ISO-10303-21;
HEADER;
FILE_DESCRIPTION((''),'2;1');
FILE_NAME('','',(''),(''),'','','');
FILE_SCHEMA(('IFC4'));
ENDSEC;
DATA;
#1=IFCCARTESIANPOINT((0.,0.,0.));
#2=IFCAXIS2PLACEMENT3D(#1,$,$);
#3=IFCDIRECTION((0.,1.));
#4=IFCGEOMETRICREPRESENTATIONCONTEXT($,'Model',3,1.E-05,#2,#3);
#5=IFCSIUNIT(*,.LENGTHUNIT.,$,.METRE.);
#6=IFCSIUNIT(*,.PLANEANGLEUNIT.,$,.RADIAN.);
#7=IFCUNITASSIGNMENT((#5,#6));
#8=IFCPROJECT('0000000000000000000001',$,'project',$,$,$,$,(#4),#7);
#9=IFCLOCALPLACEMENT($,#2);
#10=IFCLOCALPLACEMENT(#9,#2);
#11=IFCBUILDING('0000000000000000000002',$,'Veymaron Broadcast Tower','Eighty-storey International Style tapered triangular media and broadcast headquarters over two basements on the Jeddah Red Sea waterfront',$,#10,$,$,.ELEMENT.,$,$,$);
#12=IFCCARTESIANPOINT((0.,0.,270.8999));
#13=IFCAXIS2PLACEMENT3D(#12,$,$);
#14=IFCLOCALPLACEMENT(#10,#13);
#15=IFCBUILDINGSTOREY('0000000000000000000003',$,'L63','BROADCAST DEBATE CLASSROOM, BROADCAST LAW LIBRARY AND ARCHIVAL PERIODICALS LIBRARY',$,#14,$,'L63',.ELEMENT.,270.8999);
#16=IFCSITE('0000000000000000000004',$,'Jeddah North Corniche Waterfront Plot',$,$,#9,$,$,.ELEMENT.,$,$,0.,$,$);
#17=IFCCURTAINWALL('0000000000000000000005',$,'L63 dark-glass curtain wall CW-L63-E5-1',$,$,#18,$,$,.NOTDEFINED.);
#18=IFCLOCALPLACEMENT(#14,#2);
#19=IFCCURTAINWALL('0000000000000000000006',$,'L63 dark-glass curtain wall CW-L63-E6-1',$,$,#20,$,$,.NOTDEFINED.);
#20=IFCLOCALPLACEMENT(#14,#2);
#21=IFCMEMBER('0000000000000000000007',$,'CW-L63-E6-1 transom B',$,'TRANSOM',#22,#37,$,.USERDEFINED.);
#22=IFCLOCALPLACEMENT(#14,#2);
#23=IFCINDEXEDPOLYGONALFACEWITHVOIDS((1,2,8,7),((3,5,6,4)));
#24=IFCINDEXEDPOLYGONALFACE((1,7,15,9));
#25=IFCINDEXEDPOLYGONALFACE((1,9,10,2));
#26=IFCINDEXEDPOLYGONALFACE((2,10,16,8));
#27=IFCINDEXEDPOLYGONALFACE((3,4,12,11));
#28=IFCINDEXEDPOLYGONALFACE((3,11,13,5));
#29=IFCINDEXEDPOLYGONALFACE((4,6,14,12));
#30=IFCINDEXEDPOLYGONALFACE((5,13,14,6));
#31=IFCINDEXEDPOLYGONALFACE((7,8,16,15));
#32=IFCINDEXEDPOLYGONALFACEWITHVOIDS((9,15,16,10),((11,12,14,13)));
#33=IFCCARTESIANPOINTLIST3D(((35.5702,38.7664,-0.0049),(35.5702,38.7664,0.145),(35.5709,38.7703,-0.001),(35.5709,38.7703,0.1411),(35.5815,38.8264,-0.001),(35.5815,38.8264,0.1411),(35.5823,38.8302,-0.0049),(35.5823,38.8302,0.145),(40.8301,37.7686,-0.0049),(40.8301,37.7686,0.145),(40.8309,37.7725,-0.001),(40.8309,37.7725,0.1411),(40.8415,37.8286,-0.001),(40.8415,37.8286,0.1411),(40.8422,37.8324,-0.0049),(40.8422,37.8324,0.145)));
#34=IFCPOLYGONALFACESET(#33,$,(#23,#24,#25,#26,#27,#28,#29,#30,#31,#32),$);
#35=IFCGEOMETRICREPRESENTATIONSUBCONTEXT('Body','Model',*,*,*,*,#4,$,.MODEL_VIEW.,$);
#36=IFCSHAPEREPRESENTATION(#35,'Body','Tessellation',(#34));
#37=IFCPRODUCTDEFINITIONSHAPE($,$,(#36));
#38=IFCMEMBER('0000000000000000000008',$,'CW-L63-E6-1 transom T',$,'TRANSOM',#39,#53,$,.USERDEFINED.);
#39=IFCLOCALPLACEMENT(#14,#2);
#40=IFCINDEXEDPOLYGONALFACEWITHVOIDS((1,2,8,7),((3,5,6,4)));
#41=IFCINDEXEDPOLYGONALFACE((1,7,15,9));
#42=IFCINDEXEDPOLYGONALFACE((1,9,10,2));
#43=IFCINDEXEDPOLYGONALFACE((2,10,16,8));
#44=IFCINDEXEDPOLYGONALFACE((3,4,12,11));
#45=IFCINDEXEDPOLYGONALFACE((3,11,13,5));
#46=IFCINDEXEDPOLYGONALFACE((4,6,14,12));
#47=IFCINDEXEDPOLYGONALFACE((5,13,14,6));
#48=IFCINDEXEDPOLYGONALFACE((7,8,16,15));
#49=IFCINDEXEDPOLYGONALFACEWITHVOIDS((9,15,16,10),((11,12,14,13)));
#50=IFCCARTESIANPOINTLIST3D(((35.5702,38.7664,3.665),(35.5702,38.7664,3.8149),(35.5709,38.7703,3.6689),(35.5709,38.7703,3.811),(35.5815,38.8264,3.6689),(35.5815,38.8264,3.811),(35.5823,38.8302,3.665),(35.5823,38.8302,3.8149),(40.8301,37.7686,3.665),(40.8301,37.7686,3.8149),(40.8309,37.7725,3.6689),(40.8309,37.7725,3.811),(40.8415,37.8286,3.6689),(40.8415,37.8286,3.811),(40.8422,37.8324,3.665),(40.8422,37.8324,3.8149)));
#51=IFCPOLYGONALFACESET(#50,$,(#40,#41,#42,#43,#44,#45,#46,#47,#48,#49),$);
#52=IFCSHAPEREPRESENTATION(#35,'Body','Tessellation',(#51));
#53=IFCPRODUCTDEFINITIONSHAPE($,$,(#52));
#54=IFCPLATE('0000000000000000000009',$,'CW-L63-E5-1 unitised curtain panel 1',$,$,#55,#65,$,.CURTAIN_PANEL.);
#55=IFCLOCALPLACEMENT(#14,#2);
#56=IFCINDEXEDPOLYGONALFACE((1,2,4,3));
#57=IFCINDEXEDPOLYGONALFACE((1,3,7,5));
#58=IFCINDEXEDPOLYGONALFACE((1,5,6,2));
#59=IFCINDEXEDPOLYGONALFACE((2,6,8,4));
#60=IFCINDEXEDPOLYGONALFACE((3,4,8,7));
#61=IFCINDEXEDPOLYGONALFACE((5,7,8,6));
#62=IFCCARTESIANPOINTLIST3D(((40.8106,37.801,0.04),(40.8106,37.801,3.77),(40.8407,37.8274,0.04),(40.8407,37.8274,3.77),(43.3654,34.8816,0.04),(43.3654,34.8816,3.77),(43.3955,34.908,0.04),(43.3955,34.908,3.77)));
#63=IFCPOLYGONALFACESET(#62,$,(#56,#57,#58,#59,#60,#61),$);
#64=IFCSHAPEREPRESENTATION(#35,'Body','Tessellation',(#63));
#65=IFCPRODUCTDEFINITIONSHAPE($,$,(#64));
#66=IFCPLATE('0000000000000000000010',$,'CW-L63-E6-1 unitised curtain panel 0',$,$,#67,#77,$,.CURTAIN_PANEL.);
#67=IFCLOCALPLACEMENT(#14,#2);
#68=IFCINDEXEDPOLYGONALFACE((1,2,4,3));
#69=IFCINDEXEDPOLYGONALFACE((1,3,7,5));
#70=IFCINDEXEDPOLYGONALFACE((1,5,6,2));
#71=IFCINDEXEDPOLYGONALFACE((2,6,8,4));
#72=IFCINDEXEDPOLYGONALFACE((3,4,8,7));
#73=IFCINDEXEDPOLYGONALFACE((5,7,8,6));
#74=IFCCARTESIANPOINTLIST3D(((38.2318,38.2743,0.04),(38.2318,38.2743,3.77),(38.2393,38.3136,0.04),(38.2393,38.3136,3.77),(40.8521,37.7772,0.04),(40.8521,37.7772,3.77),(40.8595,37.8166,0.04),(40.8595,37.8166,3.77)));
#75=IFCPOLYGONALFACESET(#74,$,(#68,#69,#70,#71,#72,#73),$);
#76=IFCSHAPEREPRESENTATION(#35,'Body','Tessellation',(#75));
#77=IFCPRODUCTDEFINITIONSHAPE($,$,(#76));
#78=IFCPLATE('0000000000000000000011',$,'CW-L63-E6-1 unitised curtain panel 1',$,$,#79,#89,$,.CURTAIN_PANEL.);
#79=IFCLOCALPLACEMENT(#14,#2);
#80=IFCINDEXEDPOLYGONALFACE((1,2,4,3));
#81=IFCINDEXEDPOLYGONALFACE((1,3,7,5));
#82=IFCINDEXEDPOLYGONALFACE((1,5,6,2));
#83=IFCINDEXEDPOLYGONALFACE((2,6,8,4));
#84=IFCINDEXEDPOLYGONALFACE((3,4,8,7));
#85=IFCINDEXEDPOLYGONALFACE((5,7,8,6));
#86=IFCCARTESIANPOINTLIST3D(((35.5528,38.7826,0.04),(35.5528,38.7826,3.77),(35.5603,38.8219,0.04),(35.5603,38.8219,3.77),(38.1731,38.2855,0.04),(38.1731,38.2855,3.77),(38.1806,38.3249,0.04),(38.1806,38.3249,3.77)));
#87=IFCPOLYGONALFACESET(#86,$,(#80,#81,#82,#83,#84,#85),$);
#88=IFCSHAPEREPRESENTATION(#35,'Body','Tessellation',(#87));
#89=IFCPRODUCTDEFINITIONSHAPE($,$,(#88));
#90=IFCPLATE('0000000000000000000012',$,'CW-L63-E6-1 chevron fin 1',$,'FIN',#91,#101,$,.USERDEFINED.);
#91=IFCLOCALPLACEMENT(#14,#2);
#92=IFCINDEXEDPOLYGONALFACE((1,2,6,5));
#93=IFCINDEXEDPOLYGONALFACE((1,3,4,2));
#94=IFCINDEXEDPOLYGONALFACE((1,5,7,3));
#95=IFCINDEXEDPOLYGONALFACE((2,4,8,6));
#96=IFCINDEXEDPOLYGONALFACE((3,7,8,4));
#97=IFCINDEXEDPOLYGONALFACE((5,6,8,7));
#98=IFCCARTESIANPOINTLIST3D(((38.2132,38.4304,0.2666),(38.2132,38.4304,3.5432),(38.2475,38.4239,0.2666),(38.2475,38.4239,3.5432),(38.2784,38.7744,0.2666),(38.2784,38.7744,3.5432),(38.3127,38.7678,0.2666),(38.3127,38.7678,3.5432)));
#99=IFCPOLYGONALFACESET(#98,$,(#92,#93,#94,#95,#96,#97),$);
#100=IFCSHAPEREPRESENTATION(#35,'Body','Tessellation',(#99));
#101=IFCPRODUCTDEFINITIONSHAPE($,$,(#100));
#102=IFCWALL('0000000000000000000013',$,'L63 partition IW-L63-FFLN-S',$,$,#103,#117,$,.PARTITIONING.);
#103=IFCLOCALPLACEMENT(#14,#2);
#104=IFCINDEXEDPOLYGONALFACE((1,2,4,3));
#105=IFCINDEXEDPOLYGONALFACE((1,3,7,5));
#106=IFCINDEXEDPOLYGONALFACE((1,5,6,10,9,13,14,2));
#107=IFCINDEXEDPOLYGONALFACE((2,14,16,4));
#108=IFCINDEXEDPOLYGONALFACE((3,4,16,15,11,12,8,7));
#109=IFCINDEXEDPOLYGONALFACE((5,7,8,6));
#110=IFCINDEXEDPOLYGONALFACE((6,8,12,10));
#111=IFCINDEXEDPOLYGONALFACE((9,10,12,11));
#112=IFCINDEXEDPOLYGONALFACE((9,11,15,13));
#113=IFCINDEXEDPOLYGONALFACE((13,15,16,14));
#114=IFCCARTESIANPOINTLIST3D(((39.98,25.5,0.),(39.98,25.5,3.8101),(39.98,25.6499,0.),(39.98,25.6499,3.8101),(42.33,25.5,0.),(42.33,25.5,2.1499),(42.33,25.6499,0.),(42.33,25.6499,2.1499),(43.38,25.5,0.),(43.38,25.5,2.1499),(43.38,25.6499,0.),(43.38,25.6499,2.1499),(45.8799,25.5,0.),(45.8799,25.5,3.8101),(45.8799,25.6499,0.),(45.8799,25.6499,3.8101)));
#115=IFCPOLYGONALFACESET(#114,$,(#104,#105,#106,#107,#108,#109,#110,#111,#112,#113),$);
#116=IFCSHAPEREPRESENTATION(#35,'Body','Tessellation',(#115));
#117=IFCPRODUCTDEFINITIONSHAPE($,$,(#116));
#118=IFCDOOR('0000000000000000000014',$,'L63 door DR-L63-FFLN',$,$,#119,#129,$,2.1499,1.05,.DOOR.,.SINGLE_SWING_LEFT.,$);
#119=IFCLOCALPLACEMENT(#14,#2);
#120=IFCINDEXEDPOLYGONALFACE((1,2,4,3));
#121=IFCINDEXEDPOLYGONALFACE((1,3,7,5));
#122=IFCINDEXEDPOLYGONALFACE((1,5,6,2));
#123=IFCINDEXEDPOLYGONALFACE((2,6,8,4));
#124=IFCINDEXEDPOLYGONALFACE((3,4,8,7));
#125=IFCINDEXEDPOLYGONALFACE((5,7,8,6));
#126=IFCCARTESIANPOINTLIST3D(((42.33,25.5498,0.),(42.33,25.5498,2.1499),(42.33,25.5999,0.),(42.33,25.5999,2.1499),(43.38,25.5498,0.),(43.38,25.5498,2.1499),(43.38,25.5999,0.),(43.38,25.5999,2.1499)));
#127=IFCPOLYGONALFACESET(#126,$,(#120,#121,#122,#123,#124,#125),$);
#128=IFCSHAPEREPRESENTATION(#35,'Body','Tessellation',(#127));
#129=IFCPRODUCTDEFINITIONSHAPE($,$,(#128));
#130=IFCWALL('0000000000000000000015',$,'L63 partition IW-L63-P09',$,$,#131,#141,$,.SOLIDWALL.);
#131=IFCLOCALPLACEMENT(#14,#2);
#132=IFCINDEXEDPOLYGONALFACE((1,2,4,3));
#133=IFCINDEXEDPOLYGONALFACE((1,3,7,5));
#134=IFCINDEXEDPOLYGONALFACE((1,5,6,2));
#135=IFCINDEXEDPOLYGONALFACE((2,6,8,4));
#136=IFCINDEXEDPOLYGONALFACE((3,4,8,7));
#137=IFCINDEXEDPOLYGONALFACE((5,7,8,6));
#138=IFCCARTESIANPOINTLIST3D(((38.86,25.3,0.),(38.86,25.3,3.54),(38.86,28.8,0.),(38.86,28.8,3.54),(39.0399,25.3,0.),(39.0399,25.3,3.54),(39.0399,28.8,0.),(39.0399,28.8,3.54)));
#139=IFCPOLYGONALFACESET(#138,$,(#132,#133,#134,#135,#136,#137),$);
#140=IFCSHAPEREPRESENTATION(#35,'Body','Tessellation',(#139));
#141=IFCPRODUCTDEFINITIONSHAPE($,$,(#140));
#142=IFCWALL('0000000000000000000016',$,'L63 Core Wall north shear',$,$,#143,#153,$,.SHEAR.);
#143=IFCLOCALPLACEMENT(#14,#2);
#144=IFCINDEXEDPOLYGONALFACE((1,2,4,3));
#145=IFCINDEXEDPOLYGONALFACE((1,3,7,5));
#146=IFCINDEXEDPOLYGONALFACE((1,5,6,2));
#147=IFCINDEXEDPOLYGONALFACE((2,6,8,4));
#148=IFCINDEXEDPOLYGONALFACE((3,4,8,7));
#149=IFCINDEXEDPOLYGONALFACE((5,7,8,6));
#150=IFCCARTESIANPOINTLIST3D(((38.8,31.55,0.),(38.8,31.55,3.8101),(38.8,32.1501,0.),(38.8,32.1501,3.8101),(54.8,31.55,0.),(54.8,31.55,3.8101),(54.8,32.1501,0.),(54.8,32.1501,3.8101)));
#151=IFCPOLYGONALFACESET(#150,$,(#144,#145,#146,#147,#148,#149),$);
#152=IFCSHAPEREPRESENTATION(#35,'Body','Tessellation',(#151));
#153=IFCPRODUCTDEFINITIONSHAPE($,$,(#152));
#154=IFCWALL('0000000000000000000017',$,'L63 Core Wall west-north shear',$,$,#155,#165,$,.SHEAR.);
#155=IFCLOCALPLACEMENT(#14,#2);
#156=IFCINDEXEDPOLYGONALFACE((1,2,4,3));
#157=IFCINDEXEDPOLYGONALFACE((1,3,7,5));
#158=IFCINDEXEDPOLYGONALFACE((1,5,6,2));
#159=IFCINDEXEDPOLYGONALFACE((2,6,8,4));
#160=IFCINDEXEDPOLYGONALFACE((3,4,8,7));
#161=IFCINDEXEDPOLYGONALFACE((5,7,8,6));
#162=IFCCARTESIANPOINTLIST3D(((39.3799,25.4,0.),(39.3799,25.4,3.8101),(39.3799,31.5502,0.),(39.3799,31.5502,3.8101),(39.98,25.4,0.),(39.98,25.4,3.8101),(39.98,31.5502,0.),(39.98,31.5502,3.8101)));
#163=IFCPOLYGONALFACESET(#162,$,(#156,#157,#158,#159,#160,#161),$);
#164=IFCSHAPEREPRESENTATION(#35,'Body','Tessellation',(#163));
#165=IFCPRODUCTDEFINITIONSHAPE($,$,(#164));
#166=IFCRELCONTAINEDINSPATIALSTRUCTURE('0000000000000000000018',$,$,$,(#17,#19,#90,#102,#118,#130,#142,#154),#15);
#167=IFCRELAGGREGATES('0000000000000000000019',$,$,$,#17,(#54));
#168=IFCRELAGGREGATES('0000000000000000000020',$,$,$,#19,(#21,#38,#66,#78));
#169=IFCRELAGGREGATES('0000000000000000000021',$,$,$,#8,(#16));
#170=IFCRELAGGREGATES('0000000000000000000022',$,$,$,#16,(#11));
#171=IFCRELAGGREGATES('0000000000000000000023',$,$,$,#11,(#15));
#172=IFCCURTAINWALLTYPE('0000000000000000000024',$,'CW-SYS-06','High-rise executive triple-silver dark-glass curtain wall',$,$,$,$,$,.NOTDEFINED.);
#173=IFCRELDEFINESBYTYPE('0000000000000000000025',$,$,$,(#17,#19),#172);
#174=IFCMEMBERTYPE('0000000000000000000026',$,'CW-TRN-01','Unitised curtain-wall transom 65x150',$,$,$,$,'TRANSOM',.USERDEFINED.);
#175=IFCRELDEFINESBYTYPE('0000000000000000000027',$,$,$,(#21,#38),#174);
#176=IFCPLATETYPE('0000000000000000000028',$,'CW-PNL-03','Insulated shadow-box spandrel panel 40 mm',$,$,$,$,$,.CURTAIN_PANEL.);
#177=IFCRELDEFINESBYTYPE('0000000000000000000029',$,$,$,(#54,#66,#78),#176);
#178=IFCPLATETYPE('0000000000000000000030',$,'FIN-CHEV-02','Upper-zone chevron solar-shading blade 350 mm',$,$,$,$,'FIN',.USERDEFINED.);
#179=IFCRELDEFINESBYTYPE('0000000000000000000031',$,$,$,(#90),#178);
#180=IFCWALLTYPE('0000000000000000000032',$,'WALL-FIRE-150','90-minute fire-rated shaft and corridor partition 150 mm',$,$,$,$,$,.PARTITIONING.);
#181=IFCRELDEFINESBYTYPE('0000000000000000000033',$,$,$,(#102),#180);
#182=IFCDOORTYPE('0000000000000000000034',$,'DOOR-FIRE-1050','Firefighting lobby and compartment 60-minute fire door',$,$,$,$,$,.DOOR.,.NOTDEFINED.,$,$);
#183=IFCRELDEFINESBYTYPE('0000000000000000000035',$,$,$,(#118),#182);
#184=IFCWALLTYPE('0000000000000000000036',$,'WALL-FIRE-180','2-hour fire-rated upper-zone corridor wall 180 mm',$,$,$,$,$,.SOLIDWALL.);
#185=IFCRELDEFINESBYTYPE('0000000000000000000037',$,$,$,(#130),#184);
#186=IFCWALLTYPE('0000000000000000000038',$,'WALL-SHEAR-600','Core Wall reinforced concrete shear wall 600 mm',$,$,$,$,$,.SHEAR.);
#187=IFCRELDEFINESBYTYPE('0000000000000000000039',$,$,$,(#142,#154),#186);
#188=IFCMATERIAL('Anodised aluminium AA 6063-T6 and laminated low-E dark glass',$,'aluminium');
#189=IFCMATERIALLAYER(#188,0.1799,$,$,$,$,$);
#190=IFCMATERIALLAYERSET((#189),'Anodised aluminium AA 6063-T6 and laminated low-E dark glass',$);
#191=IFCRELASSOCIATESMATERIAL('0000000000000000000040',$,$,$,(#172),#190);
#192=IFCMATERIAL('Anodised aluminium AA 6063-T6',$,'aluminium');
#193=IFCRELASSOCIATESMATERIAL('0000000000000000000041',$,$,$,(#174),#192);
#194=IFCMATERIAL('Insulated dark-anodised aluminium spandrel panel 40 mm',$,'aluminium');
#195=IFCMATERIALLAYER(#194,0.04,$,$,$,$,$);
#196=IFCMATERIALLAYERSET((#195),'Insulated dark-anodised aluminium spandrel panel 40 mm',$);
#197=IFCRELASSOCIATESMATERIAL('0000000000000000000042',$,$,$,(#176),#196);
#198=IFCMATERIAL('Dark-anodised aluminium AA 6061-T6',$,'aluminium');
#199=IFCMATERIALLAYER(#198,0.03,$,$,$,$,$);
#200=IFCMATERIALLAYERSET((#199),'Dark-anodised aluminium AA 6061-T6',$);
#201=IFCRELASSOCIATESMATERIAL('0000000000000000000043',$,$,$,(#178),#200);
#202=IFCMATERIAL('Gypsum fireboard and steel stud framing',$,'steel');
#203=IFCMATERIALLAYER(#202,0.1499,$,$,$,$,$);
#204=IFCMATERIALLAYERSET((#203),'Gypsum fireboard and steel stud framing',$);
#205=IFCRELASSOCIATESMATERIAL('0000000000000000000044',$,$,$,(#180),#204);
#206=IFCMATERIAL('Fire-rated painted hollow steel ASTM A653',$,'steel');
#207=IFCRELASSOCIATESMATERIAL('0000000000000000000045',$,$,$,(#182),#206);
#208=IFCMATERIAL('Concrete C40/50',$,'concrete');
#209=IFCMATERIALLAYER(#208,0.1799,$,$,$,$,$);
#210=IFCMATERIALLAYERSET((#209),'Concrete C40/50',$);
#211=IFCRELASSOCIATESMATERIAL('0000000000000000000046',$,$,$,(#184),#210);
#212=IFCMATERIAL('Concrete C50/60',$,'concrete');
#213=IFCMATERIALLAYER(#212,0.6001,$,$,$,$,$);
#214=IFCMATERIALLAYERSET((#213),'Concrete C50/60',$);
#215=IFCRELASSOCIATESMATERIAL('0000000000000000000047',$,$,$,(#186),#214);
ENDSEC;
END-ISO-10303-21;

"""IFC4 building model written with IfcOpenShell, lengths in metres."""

from ifc_helpers import new_model, si_unit, direction, frame, frame_2d, origin, origin_2d, place, context, subcontext, project, spatial, rectangle, hollow_rectangle, extrude, material, layer, layer_set, material_profile, profile_set, type_object, element, fill, aggregate, save


model = new_model("IFC4")

# Units and contexts
model_context = context("Model", 3, precision=1e-05, world=origin(), true_north=direction((0.0, 1.0)))
body_context = subcontext(model_context, "Body", "Model", "MODEL_VIEW")
ifc_project = project(units=[si_unit("LENGTHUNIT", "METRE"), si_unit("PLANEANGLEUNIT", "RADIAN")], contexts=[model_context])

# Site, building, storey
site_placement = place(None, origin())
site = spatial("IfcSite", under=ifc_project, at=site_placement, Name="Jeddah North Corniche Waterfront Plot", CompositionType="ELEMENT", RefElevation=0.0)
building_placement = place(site_placement, origin())
building = spatial("IfcBuilding", under=site, at=building_placement, Name="Veymaron Broadcast Tower", Description="Eighty-storey International Style tapered triangular media and broadcast headquarters over two basements on the Jeddah Red Sea waterfront", CompositionType="ELEMENT")
storey_placement = place(building_placement, frame((0.0, 0.0, 270.8999)))
storey = spatial("IfcBuildingStorey", under=building, at=storey_placement, Name="L63", Description="BROADCAST DEBATE CLASSROOM, BROADCAST LAW LIBRARY AND ARCHIVAL PERIODICALS LIBRARY", LongName="L63", CompositionType="ELEMENT", Elevation=270.8999)

# Curtain walls, members
ifc_material_1 = material(Name="Anodised aluminium AA 6063-T6 and laminated low-E dark glass", Category="aluminium")
ifc_layer_1 = layer(ifc_material_1, 0.1799)
ifc_layer_set_1 = layer_set([ifc_layer_1], Name="Anodised aluminium AA 6063-T6 and laminated low-E dark glass")
curtain_wall_type = type_object("IfcCurtainWallType", Name="CW-SYS-06", Description="High-rise executive triple-silver dark-glass curtain wall", PredefinedType="NOTDEFINED", material=ifc_layer_set_1)
curtain_wall_1_placement = place(storey_placement, origin())
curtain_wall_1 = element("IfcCurtainWall", 1, at=curtain_wall_1_placement, inside=storey, type_object=curtain_wall_type, Name="L63 dark-glass curtain wall CW-L63-E5-1", PredefinedType="NOTDEFINED")
ifc_material_2 = material(Name="Anodised aluminium AA 6063-T6", Category="aluminium")
curtain_wall_2_placement = place(storey_placement, origin())
curtain_wall_2 = element("IfcCurtainWall", 2, at=curtain_wall_2_placement, inside=storey, type_object=curtain_wall_type, Name="L63 dark-glass curtain wall CW-L63-E6-1", PredefinedType="NOTDEFINED")
ifc_material_profile_1 = material_profile(ifc_material_2, hollow_rectangle(XDim=0.0649, YDim=0.1499, WallThickness=0.0039, at=origin_2d()), Name="AL150X65X4")
ifc_profile_set_1 = profile_set([ifc_material_profile_1], Name="Anodised aluminium AA 6063-T6")
member_type_1 = type_object("IfcMemberType", Name="CW-TRN-01", Description="Unitised curtain-wall transom 65x150", ElementType="TRANSOM", PredefinedType="USERDEFINED", material=ifc_profile_set_1)
member_1_placement = place(storey_placement, frame((40.8362, 37.8005, 0.0701), z_axis=(-0.982479, 0.186372, 0.0), x_axis=(-0.186372, -0.982479, 0.0)))
member_1 = element("IfcMember", 3, at=member_1_placement, type_object=member_type_1, Name="CW-L63-E6-1 transom B", ObjectType="TRANSOM", PredefinedType="USERDEFINED", context=body_context, shape_type="SweptSolid", body=[
    extrude(hollow_rectangle(XDim=0.0649, YDim=0.1499, WallThickness=0.0039, at=origin_2d()), origin(), (0.0, 0.0, 1.0), 5.3538),
])
member_2_placement = place(storey_placement, frame((40.8362, 37.8005, 3.74), z_axis=(-0.982479, 0.186372, 0.0), x_axis=(-0.186372, -0.982479, 0.0)))
member_2 = element("IfcMember", 4, at=member_2_placement, type_object=member_type_1, Name="CW-L63-E6-1 transom T", ObjectType="TRANSOM", PredefinedType="USERDEFINED", context=body_context, shape_type="SweptSolid", body=[
    extrude(hollow_rectangle(XDim=0.0649, YDim=0.1499, WallThickness=0.0039, at=origin_2d()), origin(), (0.0, 0.0, 1.0), 5.3538),
])

# Plates
ifc_material_3 = material(Name="Insulated dark-anodised aluminium spandrel panel 40 mm", Category="aluminium")
ifc_layer_2 = layer(ifc_material_3, 0.04)
ifc_layer_set_2 = layer_set([ifc_layer_2], Name="Insulated dark-anodised aluminium spandrel panel 40 mm")
plate_type_1 = type_object("IfcPlateType", Name="CW-PNL-03", Description="Insulated shadow-box spandrel panel 40 mm", PredefinedType="CURTAIN_PANEL", material=ifc_layer_set_2)
plate_1_placement = place(storey_placement, frame((42.103, 36.3545, 0.04), z_axis=(0.0, 0.0, 1.0), x_axis=(-0.658558, 0.75253, 0.0)))
plate_1 = element("IfcPlate", 5, at=plate_1_placement, type_object=plate_type_1, Name="CW-L63-E5-1 unitised curtain panel 1", PredefinedType="CURTAIN_PANEL", context=body_context, shape_type="SweptSolid", body=[
    extrude(rectangle(XDim=3.8794, YDim=0.04, at=origin_2d()), origin(), (0.0, 0.0, 1.0), 3.73),
])
aggregate(curtain_wall_1, [plate_1])
plate_2_placement = place(storey_placement, frame((39.5457, 38.0454, 0.04), z_axis=(0.0, 0.0, 1.0), x_axis=(-0.98248, 0.18637, 0.0)))
plate_2 = element("IfcPlate", 6, at=plate_2_placement, type_object=plate_type_1, Name="CW-L63-E6-1 unitised curtain panel 0", PredefinedType="CURTAIN_PANEL", context=body_context, shape_type="SweptSolid", body=[
    extrude(rectangle(XDim=2.667, YDim=0.04, at=origin_2d()), origin(), (0.0, 0.0, 1.0), 3.73),
])
plate_3_placement = place(storey_placement, frame((36.8667, 38.5537, 0.04), z_axis=(0.0, 0.0, 1.0), x_axis=(-0.98248, 0.18637, 0.0)))
plate_3 = element("IfcPlate", 7, at=plate_3_placement, type_object=plate_type_1, Name="CW-L63-E6-1 unitised curtain panel 1", PredefinedType="CURTAIN_PANEL", context=body_context, shape_type="SweptSolid", body=[
    extrude(rectangle(XDim=2.667, YDim=0.04, at=origin_2d()), origin(), (0.0, 0.0, 1.0), 3.73),
])
aggregate(curtain_wall_2, [member_1, member_2, plate_2, plate_3])
ifc_material_4 = material(Name="Dark-anodised aluminium AA 6061-T6", Category="aluminium")
ifc_layer_3 = layer(ifc_material_4, 0.03)
ifc_layer_set_3 = layer_set([ifc_layer_3], Name="Dark-anodised aluminium AA 6061-T6")
plate_type_2 = type_object("IfcPlateType", Name="FIN-CHEV-02", Description="Upper-zone chevron solar-shading blade 350 mm", ElementType="FIN", PredefinedType="USERDEFINED", material=ifc_layer_set_3)
plate_4_placement = place(storey_placement, frame((38.2629, 38.5991, 0.2666), z_axis=(0.0, 0.0, 1.0), x_axis=(0.18637, 0.98248, 0.0)))
element("IfcPlate", 8, at=plate_4_placement, inside=storey, type_object=plate_type_2, Name="CW-L63-E6-1 chevron fin 1", ObjectType="FIN", PredefinedType="USERDEFINED", context=body_context, shape_type="SweptSolid", body=[
    extrude(rectangle(XDim=0.3501, YDim=0.0349, at=origin_2d()), origin(), (0.0, 0.0, 1.0), 3.2766),
])

# Wall, opening, door
ifc_material_5 = material(Name="Gypsum fireboard and steel stud framing", Category="steel")
ifc_layer_4 = layer(ifc_material_5, 0.1499)
ifc_layer_set_4 = layer_set([ifc_layer_4], Name="Gypsum fireboard and steel stud framing")
wall_type_1 = type_object("IfcWallType", Name="WALL-FIRE-150", Description="90-minute fire-rated shaft and corridor partition 150 mm", PredefinedType="PARTITIONING", material=ifc_layer_set_4)
wall_1_placement = place(storey_placement, frame((39.98, 25.575, 0.0), z_axis=(0.0, 0.0, 1.0), x_axis=(1.0, 0.0, 0.0)))
wall_1 = element("IfcWall", 9, at=wall_1_placement, inside=storey, type_object=wall_type_1, Name="L63 partition IW-L63-FFLN-S", PredefinedType="PARTITIONING", context=body_context, shape_type="SweptSolid", body=[
    extrude(rectangle(XDim=5.8999, YDim=0.1499, at=frame_2d((2.95, 0.0))), origin(), (0.0, 0.0, 1.0), 3.8101),
])
opening_1_placement = place(wall_1_placement, frame((2.3501, 0.0, 0.0)))
opening_1 = element("IfcOpeningElement", 10, at=opening_1_placement, cuts=wall_1, PredefinedType="OPENING", context=body_context, shape_type="SweptSolid", body=[
    extrude(rectangle(XDim=1.05, YDim=2.1499, at=frame_2d((0.5249, 1.075))), frame((0.0, 0.085, 0.0), z_axis=(0.0, -1.0, 0.0), x_axis=(1.0, 0.0, 0.0)), (0.0, 0.0, 1.0), 0.1699),
])
ifc_material_6 = material(Name="Fire-rated painted hollow steel ASTM A653", Category="steel")
door_type_1 = type_object("IfcDoorType", Name="DOOR-FIRE-1050", Description="Firefighting lobby and compartment 60-minute fire door", OperationType="NOTDEFINED", PredefinedType="DOOR", material=ifc_material_6)
door_1_placement = place(opening_1_placement, origin())
door_1 = element("IfcDoor", 11, at=door_1_placement, inside=storey, type_object=door_type_1, Name="L63 door DR-L63-FFLN", OperationType="SINGLE_SWING_LEFT", OverallHeight=2.1499, OverallWidth=1.05, PredefinedType="DOOR", context=body_context, shape_type="SweptSolid", body=[
    extrude(rectangle(XDim=1.05, YDim=2.1499, at=frame_2d((0.5249, 1.075))), frame((0.0, 0.0249, 0.0), z_axis=(0.0, -1.0, 0.0), x_axis=(1.0, 0.0, 0.0)), (0.0, 0.0, 1.0), 0.05),
])
fill(opening_1, door_1)
ifc_material_7 = material(Name="Concrete C40/50", Category="concrete")
ifc_layer_5 = layer(ifc_material_7, 0.1799)
ifc_layer_set_5 = layer_set([ifc_layer_5], Name="Concrete C40/50")
wall_type_2 = type_object("IfcWallType", Name="WALL-FIRE-180", Description="2-hour fire-rated upper-zone corridor wall 180 mm", PredefinedType="SOLIDWALL", material=ifc_layer_set_5)

# Wall
wall_2_placement = place(storey_placement, frame((38.95, 25.3, 0.0), z_axis=(0.0, 0.0, 1.0), x_axis=(0.0, 1.0, 0.0)))
element("IfcWall", 12, at=wall_2_placement, inside=storey, type_object=wall_type_2, Name="L63 partition IW-L63-P09", PredefinedType="SOLIDWALL", context=body_context, shape_type="SweptSolid", body=[
    extrude(rectangle(XDim=3.5, YDim=0.1799, at=frame_2d((1.75, 0.0))), origin(), (0.0, 0.0, 1.0), 3.54),
])

# Shared definitions
ifc_material_8 = material(Name="Concrete C50/60", Category="concrete")

# Walls
ifc_layer_6 = layer(ifc_material_8, 0.6001)
ifc_layer_set_6 = layer_set([ifc_layer_6], Name="Concrete C50/60")
wall_type_3 = type_object("IfcWallType", Name="WALL-SHEAR-600", Description="Core Wall reinforced concrete shear wall 600 mm", PredefinedType="SHEAR", material=ifc_layer_set_6)
wall_3_placement = place(storey_placement, frame((38.8, 31.8501, 0.0), z_axis=(0.0, 0.0, 1.0), x_axis=(1.0, 0.0, 0.0)))
element("IfcWall", 13, at=wall_3_placement, inside=storey, type_object=wall_type_3, Name="L63 Core Wall north shear", PredefinedType="SHEAR", context=body_context, shape_type="SweptSolid", body=[
    extrude(rectangle(XDim=16.0, YDim=0.6001, at=frame_2d((8.0, 0.0))), origin(), (0.0, 0.0, 1.0), 3.8101),
])
wall_4_placement = place(storey_placement, frame((39.6799, 25.3999, 0.0), z_axis=(0.0, 0.0, 1.0), x_axis=(0.0, 1.0, 0.0)))
element("IfcWall", 14, at=wall_4_placement, inside=storey, type_object=wall_type_3, Name="L63 Core Wall west-north shear", PredefinedType="SHEAR", context=body_context, shape_type="SweptSolid", body=[
    extrude(rectangle(XDim=6.1501, YDim=0.6001, at=frame_2d((3.0752, 0.0))), origin(), (0.0, 0.0, 1.0), 3.8101),
])

save(model, "model.ifc")
